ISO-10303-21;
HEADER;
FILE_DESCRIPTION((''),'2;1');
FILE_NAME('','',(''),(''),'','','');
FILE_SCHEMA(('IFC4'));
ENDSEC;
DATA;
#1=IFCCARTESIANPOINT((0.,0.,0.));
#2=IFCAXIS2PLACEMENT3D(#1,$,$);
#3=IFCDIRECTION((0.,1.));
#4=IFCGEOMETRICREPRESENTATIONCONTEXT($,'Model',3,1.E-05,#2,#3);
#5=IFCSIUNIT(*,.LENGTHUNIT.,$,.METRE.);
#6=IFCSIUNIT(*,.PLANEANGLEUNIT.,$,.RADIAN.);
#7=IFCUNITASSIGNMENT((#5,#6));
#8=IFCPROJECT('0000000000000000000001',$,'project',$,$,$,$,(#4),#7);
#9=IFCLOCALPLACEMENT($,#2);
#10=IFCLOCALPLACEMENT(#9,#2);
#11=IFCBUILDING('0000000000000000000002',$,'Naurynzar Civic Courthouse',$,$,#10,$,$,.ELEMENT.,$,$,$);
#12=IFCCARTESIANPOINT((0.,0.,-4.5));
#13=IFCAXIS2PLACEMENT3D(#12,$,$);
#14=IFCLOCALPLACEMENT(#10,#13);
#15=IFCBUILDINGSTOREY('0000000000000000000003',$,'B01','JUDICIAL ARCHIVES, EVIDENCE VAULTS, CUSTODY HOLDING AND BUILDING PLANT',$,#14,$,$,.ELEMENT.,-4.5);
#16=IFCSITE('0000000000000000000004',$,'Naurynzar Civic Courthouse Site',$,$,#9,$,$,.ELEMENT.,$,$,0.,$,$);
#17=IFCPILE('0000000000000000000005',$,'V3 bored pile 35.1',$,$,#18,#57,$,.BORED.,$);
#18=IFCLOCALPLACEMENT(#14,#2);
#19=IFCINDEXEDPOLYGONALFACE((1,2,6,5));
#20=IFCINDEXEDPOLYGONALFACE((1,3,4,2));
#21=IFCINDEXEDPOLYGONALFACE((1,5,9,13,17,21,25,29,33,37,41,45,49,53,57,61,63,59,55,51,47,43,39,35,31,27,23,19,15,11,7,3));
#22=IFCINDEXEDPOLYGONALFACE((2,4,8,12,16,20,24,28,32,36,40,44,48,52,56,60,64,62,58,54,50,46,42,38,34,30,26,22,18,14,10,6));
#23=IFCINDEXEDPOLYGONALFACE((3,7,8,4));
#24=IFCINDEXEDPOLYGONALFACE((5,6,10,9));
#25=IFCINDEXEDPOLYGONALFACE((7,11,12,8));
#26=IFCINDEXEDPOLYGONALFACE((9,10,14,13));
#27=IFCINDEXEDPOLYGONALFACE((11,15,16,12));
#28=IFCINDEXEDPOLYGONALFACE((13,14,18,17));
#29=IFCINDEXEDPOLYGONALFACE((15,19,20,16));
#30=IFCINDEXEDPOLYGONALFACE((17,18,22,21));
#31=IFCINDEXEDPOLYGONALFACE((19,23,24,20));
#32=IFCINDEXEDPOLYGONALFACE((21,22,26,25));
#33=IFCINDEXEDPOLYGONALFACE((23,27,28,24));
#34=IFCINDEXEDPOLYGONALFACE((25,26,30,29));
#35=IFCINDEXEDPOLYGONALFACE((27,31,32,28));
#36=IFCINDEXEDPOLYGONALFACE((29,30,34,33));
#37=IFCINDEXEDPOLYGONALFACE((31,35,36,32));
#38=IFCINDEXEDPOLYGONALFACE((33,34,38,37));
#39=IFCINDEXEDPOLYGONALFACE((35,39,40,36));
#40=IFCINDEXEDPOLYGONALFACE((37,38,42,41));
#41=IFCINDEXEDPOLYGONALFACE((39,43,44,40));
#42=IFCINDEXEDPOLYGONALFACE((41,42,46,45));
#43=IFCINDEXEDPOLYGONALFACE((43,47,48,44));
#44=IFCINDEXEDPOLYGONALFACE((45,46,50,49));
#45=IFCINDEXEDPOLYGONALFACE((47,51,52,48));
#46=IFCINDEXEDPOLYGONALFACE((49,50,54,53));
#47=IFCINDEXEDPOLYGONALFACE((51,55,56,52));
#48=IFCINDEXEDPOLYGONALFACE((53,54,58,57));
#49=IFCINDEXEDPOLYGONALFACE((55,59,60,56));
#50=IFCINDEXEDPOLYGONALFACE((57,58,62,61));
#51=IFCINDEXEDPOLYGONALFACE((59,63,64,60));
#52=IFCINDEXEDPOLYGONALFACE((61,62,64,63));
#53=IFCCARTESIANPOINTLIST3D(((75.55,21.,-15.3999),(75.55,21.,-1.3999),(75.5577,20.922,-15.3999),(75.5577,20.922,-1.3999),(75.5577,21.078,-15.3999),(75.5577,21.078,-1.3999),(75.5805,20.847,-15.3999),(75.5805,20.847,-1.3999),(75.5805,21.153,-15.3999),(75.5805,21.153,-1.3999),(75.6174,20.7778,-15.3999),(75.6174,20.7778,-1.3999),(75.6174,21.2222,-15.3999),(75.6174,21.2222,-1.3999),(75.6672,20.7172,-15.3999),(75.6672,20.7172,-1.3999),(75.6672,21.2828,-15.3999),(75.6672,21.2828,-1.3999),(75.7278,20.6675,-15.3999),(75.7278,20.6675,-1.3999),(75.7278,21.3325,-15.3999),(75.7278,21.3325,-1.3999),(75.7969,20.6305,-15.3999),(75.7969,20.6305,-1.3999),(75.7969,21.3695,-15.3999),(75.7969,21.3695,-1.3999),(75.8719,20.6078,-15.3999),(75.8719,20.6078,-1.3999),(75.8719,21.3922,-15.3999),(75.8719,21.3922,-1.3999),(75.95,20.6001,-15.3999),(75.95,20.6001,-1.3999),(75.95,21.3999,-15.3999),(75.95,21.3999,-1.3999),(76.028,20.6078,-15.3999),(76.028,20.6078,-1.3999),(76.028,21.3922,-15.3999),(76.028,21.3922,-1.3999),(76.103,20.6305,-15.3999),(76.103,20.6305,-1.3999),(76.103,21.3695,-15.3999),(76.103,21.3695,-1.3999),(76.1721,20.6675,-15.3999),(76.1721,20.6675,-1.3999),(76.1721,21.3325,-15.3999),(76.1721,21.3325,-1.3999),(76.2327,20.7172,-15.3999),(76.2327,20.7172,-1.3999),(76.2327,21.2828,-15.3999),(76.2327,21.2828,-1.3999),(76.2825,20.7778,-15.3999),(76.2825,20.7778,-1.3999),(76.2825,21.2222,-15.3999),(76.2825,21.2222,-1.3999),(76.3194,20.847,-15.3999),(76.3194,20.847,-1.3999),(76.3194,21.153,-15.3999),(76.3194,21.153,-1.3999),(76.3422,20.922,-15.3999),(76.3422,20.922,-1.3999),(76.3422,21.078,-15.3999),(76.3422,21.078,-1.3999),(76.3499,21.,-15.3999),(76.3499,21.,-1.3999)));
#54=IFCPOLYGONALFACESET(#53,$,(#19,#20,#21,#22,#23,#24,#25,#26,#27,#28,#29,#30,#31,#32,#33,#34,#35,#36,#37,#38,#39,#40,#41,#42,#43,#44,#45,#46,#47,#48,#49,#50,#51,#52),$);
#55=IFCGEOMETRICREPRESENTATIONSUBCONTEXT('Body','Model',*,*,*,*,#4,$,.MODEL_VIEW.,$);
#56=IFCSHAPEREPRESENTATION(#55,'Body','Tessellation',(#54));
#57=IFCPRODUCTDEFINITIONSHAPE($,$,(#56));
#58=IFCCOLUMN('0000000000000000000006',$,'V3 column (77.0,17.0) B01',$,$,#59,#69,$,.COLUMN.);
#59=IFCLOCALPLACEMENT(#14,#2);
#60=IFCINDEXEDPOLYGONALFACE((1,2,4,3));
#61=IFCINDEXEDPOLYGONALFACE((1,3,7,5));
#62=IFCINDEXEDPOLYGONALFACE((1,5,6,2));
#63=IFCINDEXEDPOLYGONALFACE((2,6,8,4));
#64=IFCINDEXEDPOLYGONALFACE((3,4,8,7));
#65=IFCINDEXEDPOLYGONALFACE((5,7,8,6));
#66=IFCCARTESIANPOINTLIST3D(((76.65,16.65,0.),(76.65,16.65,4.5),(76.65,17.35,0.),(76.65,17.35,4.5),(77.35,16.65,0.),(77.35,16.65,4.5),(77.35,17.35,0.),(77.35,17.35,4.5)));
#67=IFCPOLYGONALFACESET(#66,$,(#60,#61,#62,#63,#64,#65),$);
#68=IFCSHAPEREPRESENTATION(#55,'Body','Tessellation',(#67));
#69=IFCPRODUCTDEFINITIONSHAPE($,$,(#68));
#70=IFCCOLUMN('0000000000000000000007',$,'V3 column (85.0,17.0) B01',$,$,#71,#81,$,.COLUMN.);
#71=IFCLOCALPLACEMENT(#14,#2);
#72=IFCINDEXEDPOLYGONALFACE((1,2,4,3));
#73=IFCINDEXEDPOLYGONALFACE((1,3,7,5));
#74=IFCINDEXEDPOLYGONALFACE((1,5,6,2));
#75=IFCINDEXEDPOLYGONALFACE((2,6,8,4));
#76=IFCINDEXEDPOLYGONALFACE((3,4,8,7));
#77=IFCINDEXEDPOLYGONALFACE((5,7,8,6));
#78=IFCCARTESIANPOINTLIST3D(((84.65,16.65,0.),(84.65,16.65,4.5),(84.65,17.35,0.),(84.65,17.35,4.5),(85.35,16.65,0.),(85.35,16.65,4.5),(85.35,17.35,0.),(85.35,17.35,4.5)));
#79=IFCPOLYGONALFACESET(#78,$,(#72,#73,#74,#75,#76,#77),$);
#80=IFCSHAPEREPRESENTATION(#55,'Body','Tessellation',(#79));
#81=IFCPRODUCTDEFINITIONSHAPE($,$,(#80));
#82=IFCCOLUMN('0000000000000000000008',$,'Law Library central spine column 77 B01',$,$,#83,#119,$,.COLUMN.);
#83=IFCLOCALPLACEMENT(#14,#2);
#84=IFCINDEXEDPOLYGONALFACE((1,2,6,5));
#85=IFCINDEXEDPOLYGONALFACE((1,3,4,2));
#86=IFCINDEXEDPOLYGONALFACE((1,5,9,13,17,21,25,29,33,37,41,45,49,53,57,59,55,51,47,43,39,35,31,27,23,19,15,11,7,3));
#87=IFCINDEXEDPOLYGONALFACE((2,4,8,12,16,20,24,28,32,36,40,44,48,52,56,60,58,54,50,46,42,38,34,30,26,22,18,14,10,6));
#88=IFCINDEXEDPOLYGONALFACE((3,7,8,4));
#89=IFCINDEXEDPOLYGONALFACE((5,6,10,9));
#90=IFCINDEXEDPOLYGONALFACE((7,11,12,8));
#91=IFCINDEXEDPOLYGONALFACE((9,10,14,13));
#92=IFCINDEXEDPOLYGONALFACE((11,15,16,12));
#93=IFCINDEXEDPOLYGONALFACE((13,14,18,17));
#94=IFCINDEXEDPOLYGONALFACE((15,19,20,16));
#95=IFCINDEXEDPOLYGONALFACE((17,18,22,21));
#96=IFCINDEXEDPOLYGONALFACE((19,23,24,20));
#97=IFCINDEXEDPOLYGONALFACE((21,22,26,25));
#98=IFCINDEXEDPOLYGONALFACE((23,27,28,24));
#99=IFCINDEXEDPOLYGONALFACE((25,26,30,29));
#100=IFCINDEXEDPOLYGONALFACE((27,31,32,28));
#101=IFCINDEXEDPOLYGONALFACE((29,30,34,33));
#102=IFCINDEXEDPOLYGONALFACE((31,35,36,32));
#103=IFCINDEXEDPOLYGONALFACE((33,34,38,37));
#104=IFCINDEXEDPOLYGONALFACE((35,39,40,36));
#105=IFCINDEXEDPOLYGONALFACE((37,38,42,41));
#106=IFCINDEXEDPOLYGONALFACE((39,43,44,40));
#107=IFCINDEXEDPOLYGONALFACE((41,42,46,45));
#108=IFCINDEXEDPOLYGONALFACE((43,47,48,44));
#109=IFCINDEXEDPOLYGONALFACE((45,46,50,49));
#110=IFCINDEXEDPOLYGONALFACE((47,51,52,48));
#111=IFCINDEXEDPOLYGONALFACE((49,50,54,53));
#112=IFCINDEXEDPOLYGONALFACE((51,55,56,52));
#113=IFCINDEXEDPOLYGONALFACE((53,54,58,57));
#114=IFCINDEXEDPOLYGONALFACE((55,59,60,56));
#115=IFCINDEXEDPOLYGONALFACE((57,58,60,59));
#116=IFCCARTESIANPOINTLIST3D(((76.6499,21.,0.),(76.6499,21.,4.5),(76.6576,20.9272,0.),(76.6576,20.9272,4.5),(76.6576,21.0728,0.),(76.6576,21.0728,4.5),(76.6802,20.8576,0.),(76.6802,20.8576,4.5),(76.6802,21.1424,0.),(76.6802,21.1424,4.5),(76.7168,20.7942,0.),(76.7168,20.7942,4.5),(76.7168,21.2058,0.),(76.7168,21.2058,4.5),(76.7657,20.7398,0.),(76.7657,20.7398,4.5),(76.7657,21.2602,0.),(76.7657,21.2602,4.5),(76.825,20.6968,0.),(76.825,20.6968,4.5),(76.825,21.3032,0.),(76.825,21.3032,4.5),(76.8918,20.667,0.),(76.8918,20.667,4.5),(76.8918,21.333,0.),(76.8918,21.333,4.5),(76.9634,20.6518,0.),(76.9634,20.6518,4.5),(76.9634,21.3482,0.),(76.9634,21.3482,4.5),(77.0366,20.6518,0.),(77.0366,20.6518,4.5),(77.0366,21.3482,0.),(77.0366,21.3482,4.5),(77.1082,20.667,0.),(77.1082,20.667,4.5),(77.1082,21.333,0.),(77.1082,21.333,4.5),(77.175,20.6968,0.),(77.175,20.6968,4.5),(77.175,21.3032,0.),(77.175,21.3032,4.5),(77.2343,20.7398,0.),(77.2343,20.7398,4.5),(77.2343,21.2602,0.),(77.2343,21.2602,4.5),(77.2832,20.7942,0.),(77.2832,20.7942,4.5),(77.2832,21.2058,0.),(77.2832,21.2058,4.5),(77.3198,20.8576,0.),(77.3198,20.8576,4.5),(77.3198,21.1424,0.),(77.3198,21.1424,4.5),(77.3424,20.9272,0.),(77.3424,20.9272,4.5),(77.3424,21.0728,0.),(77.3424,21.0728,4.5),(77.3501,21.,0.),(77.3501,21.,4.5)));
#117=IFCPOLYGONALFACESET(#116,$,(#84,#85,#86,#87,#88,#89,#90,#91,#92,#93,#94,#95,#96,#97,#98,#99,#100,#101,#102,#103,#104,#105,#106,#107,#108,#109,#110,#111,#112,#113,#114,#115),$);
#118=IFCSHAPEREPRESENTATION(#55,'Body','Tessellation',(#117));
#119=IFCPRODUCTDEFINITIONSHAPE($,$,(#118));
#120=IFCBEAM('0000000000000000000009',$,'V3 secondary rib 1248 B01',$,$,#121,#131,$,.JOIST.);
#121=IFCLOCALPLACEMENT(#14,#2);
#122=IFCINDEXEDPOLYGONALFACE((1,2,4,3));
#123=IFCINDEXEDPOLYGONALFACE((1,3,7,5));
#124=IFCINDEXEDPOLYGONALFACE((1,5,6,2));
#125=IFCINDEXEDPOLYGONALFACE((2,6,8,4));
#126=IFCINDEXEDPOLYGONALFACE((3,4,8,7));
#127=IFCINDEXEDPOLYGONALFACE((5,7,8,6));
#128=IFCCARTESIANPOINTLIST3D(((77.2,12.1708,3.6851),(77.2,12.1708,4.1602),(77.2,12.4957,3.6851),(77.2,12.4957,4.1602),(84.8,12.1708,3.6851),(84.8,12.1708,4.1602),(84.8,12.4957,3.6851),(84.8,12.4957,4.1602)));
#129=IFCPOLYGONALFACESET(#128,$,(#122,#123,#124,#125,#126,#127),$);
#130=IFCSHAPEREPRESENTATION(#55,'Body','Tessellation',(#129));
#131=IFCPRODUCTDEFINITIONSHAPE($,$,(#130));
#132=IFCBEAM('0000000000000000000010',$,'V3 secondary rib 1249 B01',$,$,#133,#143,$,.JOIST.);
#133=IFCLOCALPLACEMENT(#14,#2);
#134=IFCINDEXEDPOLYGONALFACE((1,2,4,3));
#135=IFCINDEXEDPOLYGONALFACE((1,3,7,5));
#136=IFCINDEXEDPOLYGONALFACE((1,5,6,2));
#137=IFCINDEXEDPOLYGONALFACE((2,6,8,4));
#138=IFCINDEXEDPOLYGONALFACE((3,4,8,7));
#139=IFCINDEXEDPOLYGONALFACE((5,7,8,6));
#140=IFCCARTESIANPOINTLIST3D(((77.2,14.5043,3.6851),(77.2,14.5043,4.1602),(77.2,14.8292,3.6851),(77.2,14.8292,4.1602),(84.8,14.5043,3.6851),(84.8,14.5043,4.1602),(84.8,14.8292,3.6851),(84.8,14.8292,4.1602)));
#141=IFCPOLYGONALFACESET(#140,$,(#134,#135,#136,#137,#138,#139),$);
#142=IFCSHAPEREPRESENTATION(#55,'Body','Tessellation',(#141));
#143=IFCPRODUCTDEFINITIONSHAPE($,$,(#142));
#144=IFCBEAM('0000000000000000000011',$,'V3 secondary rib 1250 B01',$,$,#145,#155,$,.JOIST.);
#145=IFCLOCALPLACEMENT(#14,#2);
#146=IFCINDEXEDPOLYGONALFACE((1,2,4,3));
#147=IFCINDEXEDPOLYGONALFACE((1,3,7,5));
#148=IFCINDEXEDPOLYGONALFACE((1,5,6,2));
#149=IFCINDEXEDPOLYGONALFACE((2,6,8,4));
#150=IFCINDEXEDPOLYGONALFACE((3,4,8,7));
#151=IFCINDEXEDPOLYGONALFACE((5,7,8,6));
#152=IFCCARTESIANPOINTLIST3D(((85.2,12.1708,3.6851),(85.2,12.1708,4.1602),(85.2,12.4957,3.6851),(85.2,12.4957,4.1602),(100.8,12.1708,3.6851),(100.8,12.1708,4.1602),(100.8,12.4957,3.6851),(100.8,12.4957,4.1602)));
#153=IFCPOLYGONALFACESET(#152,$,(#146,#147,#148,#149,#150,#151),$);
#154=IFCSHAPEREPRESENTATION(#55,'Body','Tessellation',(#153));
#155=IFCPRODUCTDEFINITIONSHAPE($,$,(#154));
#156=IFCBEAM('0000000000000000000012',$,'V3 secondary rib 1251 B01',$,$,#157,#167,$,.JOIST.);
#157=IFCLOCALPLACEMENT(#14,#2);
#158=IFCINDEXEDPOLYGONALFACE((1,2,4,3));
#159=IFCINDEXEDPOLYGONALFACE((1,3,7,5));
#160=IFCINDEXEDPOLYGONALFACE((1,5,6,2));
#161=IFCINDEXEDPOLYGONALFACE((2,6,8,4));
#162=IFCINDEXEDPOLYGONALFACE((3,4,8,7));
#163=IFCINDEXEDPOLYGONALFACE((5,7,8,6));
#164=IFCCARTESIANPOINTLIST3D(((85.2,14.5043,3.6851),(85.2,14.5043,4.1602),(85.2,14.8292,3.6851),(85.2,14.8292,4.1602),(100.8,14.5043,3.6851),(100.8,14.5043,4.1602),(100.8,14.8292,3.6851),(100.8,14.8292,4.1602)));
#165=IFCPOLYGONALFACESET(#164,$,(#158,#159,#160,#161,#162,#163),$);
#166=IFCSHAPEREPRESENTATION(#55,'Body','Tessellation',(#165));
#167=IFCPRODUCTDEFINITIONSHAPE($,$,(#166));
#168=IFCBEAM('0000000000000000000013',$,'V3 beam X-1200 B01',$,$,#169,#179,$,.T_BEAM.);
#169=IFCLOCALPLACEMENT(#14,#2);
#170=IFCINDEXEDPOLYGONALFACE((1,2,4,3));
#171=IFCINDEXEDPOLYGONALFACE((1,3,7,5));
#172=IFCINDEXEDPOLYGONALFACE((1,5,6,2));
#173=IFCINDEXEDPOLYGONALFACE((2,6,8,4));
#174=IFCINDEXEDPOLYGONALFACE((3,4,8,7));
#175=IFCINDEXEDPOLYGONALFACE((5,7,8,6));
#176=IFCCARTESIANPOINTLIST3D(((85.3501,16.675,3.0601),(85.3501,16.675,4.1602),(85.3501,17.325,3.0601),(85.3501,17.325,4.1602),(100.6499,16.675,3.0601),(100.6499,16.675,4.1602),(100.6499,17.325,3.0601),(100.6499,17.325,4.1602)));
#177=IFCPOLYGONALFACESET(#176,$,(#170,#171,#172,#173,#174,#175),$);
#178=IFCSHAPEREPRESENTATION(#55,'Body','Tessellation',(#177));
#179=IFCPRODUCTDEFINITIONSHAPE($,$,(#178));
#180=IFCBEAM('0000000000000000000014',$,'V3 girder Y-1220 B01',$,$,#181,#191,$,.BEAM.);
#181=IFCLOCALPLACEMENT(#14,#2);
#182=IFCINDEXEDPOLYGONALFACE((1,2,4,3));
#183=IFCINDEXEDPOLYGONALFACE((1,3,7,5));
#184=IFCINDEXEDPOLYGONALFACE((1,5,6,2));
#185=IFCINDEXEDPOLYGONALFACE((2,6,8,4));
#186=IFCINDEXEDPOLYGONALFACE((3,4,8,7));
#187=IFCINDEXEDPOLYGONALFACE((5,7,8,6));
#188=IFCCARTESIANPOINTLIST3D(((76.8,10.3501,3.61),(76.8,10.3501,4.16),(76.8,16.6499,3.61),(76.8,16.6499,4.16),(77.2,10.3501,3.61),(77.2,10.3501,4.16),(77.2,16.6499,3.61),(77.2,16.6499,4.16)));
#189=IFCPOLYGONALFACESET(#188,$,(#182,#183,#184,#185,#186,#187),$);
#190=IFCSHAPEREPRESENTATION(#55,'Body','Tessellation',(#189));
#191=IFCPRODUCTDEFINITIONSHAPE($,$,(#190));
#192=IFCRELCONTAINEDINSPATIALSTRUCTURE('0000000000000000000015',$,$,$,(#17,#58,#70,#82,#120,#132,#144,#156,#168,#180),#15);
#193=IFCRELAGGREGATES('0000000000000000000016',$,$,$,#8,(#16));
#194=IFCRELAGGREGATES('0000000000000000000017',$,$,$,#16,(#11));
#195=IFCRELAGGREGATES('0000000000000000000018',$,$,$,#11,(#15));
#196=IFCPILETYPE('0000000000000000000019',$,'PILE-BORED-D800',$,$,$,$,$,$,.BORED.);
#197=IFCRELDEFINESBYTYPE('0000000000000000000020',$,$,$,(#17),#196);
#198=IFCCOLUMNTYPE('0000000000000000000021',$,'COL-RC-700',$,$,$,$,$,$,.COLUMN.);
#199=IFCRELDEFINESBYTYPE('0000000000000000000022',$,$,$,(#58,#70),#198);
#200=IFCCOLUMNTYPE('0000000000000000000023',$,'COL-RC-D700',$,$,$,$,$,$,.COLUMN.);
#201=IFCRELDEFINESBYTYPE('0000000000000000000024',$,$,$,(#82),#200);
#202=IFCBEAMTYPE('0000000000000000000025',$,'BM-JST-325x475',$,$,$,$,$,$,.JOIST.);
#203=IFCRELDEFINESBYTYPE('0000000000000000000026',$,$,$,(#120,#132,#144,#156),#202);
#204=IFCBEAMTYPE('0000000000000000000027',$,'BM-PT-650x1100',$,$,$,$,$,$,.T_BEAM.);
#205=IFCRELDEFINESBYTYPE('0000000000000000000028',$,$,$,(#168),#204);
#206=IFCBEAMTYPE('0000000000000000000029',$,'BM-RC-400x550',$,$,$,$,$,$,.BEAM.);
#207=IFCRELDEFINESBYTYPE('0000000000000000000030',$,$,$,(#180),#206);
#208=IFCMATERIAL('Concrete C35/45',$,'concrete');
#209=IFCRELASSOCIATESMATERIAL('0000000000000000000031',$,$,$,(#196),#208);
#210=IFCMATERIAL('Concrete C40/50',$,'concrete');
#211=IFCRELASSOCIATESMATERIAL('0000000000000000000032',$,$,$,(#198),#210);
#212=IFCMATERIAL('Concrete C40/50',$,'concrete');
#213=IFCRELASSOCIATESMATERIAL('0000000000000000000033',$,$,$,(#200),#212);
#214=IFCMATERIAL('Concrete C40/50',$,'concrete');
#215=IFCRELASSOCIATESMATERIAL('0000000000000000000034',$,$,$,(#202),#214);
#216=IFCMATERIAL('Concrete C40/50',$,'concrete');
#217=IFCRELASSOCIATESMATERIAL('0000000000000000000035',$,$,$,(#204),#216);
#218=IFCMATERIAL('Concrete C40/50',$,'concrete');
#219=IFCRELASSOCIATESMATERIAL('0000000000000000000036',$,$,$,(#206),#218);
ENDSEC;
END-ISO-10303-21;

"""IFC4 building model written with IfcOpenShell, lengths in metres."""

from ifc_helpers import new_model, si_unit, direction, frame, origin, origin_2d, place, context, subcontext, project, spatial, rectangle, circle, extrude, material, material_profile, profile_set, type_object, element, save


model = new_model("IFC4")

# Units and contexts
model_context = context("Model", 3, precision=1e-05, world=origin(), true_north=direction((0.0, 1.0)))
body_context = subcontext(model_context, "Body", "Model", "MODEL_VIEW")
ifc_project = project(units=[si_unit("LENGTHUNIT", "METRE"), si_unit("PLANEANGLEUNIT", "RADIAN")], contexts=[model_context])

# Site, building, storey
site_placement = place(None, origin())
site = spatial("IfcSite", under=ifc_project, at=site_placement, Name="Naurynzar Civic Courthouse Site", CompositionType="ELEMENT", RefElevation=0.0)
building_placement = place(site_placement, origin())
building = spatial("IfcBuilding", under=site, at=building_placement, Name="Naurynzar Civic Courthouse", CompositionType="ELEMENT")
storey_placement = place(building_placement, frame((0.0, 0.0, -4.5)))
storey = spatial("IfcBuildingStorey", under=building, at=storey_placement, Name="B01", Description="JUDICIAL ARCHIVES, EVIDENCE VAULTS, CUSTODY HOLDING AND BUILDING PLANT", CompositionType="ELEMENT", Elevation=-4.5)

# Pile
ifc_material_1 = material(Name="Concrete C35/45", Category="concrete")
ifc_material_profile_1 = material_profile(ifc_material_1, circle(Radius=0.3999, at=origin_2d()), Name="PILE D800")
ifc_profile_set_1 = profile_set([ifc_material_profile_1], Name="Concrete C35/45")
pile_type = type_object("IfcPileType", Name="PILE-BORED-D800", PredefinedType="BORED", material=ifc_profile_set_1)
for number, where, z_axis, x_axis, name in (
    (1, (75.95, 21.0, -1.3999), (0.0, 0.0, -1.0), (1.0, 0.0, 0.0), "V3 bored pile 35.1"),
):
    element("IfcPile", number, at=place(storey_placement, frame(where, z_axis=z_axis, x_axis=x_axis)), inside=storey, type_object=pile_type, Name=name, PredefinedType="BORED", context=body_context, shape_type="SweptSolid", body=[
        extrude(circle(Radius=0.3999, at=origin_2d()), origin(), (0.0, 0.0, 1.0), 14.0),
    ])

# Columns
ifc_material_2 = material(Name="Concrete C40/50", Category="concrete")
ifc_material_profile_2 = material_profile(ifc_material_2, rectangle(XDim=0.7, YDim=0.7, at=origin_2d()), Name="RC 700x700")
ifc_profile_set_2 = profile_set([ifc_material_profile_2], Name="Concrete C40/50")
column_type_1 = type_object("IfcColumnType", Name="COL-RC-700", PredefinedType="COLUMN", material=ifc_profile_set_2)
for number, where, z_axis, x_axis, name in (
    (2, (77.0, 17.0, 0.0), (0.0, 0.0, 1.0), (1.0, 0.0, 0.0), "V3 column (77.0,17.0) B01"),
    (3, (85.0, 17.0, 0.0), (0.0, 0.0, 1.0), (1.0, 0.0, 0.0), "V3 column (85.0,17.0) B01"),
):
    element("IfcColumn", number, at=place(storey_placement, frame(where, z_axis=z_axis, x_axis=x_axis)), inside=storey, type_object=column_type_1, Name=name, PredefinedType="COLUMN", context=body_context, shape_type="SweptSolid", body=[
        extrude(rectangle(XDim=0.7, YDim=0.7, at=origin_2d()), origin(), (0.0, 0.0, 1.0), 4.5),
    ])
ifc_material_3 = material(Name="Concrete C40/50", Category="concrete")
ifc_material_profile_3 = material_profile(ifc_material_3, circle(Radius=0.3501, at=origin_2d()), Name="RC D700")
ifc_profile_set_3 = profile_set([ifc_material_profile_3], Name="Concrete C40/50")
column_type_2 = type_object("IfcColumnType", Name="COL-RC-D700", PredefinedType="COLUMN", material=ifc_profile_set_3)
column_placement = place(storey_placement, frame((77.0, 21.0, 0.0), z_axis=(0.0, 0.0, 1.0), x_axis=(1.0, 0.0, 0.0)))
element("IfcColumn", 4, at=column_placement, inside=storey, type_object=column_type_2, Name="Law Library central spine column 77 B01", PredefinedType="COLUMN", context=body_context, shape_type="SweptSolid", body=[
    extrude(circle(Radius=0.3501, at=origin_2d()), origin(), (0.0, 0.0, 1.0), 4.5),
])

# Beams
ifc_material_4 = material(Name="Concrete C40/50", Category="concrete")
ifc_material_profile_4 = material_profile(ifc_material_4, rectangle(XDim=0.325, YDim=0.4751, at=origin_2d()), Name="RCB 325x475")
ifc_profile_set_4 = profile_set([ifc_material_profile_4], Name="Concrete C40/50")
beam_type_1 = type_object("IfcBeamType", Name="BM-JST-325x475", PredefinedType="JOIST", material=ifc_profile_set_4)
for number, where, z_axis, x_axis, name in (
    (5, (77.2, 12.3333, 3.9226), (1.0, 0.0, 0.0), (0.0, 1.0, 0.0), "V3 secondary rib 1248 B01"),
    (6, (77.2, 14.6667, 3.9226), (1.0, 0.0, 0.0), (0.0, 1.0, 0.0), "V3 secondary rib 1249 B01"),
):
    element("IfcBeam", number, at=place(storey_placement, frame(where, z_axis=z_axis, x_axis=x_axis)), inside=storey, type_object=beam_type_1, Name=name, PredefinedType="JOIST", context=body_context, shape_type="SweptSolid", body=[
        extrude(rectangle(XDim=0.325, YDim=0.4751, at=origin_2d()), origin(), (0.0, 0.0, 1.0), 7.6001),
    ])
for number, where, z_axis, x_axis, name in (
    (7, (85.2, 12.3333, 3.9226), (1.0, 0.0, 0.0), (0.0, 1.0, 0.0), "V3 secondary rib 1250 B01"),
    (8, (85.2, 14.6667, 3.9226), (1.0, 0.0, 0.0), (0.0, 1.0, 0.0), "V3 secondary rib 1251 B01"),
):
    element("IfcBeam", number, at=place(storey_placement, frame(where, z_axis=z_axis, x_axis=x_axis)), inside=storey, type_object=beam_type_1, Name=name, PredefinedType="JOIST", context=body_context, shape_type="SweptSolid", body=[
        extrude(rectangle(XDim=0.325, YDim=0.4751, at=origin_2d()), origin(), (0.0, 0.0, 1.0), 15.6001),
    ])
ifc_material_5 = material(Name="Concrete C40/50", Category="concrete")
ifc_material_profile_5 = material_profile(ifc_material_5, rectangle(XDim=0.6499, YDim=1.1001, at=origin_2d()), Name="PTB 650x1100")
ifc_profile_set_5 = profile_set([ifc_material_profile_5], Name="Concrete C40/50")
beam_type_2 = type_object("IfcBeamType", Name="BM-PT-650x1100", PredefinedType="T_BEAM", material=ifc_profile_set_5)
beam_1_placement = place(storey_placement, frame((85.3501, 17.0, 3.6101), z_axis=(1.0, 0.0, 0.0), x_axis=(0.0, 1.0, 0.0)))
element("IfcBeam", 9, at=beam_1_placement, inside=storey, type_object=beam_type_2, Name="V3 beam X-1200 B01", PredefinedType="T_BEAM", context=body_context, shape_type="SweptSolid", body=[
    extrude(rectangle(XDim=0.6499, YDim=1.1001, at=origin_2d()), origin(), (0.0, 0.0, 1.0), 15.2998),
])
ifc_material_6 = material(Name="Concrete C40/50", Category="concrete")
ifc_material_profile_6 = material_profile(ifc_material_6, rectangle(XDim=0.3999, YDim=0.55, at=origin_2d()), Name="RCB 400x550")
ifc_profile_set_6 = profile_set([ifc_material_profile_6], Name="Concrete C40/50")
beam_type_3 = type_object("IfcBeamType", Name="BM-RC-400x550", PredefinedType="BEAM", material=ifc_profile_set_6)
beam_2_placement = place(storey_placement, frame((77.0, 10.3501, 3.885), z_axis=(0.0, 1.0, 0.0), x_axis=(-1.0, 0.0, 0.0)))
element("IfcBeam", 10, at=beam_2_placement, inside=storey, type_object=beam_type_3, Name="V3 girder Y-1220 B01", PredefinedType="BEAM", context=body_context, shape_type="SweptSolid", body=[
    extrude(rectangle(XDim=0.3999, YDim=0.55, at=origin_2d()), origin(), (0.0, 0.0, 1.0), 6.2998),
])

save(model, "model.ifc")
